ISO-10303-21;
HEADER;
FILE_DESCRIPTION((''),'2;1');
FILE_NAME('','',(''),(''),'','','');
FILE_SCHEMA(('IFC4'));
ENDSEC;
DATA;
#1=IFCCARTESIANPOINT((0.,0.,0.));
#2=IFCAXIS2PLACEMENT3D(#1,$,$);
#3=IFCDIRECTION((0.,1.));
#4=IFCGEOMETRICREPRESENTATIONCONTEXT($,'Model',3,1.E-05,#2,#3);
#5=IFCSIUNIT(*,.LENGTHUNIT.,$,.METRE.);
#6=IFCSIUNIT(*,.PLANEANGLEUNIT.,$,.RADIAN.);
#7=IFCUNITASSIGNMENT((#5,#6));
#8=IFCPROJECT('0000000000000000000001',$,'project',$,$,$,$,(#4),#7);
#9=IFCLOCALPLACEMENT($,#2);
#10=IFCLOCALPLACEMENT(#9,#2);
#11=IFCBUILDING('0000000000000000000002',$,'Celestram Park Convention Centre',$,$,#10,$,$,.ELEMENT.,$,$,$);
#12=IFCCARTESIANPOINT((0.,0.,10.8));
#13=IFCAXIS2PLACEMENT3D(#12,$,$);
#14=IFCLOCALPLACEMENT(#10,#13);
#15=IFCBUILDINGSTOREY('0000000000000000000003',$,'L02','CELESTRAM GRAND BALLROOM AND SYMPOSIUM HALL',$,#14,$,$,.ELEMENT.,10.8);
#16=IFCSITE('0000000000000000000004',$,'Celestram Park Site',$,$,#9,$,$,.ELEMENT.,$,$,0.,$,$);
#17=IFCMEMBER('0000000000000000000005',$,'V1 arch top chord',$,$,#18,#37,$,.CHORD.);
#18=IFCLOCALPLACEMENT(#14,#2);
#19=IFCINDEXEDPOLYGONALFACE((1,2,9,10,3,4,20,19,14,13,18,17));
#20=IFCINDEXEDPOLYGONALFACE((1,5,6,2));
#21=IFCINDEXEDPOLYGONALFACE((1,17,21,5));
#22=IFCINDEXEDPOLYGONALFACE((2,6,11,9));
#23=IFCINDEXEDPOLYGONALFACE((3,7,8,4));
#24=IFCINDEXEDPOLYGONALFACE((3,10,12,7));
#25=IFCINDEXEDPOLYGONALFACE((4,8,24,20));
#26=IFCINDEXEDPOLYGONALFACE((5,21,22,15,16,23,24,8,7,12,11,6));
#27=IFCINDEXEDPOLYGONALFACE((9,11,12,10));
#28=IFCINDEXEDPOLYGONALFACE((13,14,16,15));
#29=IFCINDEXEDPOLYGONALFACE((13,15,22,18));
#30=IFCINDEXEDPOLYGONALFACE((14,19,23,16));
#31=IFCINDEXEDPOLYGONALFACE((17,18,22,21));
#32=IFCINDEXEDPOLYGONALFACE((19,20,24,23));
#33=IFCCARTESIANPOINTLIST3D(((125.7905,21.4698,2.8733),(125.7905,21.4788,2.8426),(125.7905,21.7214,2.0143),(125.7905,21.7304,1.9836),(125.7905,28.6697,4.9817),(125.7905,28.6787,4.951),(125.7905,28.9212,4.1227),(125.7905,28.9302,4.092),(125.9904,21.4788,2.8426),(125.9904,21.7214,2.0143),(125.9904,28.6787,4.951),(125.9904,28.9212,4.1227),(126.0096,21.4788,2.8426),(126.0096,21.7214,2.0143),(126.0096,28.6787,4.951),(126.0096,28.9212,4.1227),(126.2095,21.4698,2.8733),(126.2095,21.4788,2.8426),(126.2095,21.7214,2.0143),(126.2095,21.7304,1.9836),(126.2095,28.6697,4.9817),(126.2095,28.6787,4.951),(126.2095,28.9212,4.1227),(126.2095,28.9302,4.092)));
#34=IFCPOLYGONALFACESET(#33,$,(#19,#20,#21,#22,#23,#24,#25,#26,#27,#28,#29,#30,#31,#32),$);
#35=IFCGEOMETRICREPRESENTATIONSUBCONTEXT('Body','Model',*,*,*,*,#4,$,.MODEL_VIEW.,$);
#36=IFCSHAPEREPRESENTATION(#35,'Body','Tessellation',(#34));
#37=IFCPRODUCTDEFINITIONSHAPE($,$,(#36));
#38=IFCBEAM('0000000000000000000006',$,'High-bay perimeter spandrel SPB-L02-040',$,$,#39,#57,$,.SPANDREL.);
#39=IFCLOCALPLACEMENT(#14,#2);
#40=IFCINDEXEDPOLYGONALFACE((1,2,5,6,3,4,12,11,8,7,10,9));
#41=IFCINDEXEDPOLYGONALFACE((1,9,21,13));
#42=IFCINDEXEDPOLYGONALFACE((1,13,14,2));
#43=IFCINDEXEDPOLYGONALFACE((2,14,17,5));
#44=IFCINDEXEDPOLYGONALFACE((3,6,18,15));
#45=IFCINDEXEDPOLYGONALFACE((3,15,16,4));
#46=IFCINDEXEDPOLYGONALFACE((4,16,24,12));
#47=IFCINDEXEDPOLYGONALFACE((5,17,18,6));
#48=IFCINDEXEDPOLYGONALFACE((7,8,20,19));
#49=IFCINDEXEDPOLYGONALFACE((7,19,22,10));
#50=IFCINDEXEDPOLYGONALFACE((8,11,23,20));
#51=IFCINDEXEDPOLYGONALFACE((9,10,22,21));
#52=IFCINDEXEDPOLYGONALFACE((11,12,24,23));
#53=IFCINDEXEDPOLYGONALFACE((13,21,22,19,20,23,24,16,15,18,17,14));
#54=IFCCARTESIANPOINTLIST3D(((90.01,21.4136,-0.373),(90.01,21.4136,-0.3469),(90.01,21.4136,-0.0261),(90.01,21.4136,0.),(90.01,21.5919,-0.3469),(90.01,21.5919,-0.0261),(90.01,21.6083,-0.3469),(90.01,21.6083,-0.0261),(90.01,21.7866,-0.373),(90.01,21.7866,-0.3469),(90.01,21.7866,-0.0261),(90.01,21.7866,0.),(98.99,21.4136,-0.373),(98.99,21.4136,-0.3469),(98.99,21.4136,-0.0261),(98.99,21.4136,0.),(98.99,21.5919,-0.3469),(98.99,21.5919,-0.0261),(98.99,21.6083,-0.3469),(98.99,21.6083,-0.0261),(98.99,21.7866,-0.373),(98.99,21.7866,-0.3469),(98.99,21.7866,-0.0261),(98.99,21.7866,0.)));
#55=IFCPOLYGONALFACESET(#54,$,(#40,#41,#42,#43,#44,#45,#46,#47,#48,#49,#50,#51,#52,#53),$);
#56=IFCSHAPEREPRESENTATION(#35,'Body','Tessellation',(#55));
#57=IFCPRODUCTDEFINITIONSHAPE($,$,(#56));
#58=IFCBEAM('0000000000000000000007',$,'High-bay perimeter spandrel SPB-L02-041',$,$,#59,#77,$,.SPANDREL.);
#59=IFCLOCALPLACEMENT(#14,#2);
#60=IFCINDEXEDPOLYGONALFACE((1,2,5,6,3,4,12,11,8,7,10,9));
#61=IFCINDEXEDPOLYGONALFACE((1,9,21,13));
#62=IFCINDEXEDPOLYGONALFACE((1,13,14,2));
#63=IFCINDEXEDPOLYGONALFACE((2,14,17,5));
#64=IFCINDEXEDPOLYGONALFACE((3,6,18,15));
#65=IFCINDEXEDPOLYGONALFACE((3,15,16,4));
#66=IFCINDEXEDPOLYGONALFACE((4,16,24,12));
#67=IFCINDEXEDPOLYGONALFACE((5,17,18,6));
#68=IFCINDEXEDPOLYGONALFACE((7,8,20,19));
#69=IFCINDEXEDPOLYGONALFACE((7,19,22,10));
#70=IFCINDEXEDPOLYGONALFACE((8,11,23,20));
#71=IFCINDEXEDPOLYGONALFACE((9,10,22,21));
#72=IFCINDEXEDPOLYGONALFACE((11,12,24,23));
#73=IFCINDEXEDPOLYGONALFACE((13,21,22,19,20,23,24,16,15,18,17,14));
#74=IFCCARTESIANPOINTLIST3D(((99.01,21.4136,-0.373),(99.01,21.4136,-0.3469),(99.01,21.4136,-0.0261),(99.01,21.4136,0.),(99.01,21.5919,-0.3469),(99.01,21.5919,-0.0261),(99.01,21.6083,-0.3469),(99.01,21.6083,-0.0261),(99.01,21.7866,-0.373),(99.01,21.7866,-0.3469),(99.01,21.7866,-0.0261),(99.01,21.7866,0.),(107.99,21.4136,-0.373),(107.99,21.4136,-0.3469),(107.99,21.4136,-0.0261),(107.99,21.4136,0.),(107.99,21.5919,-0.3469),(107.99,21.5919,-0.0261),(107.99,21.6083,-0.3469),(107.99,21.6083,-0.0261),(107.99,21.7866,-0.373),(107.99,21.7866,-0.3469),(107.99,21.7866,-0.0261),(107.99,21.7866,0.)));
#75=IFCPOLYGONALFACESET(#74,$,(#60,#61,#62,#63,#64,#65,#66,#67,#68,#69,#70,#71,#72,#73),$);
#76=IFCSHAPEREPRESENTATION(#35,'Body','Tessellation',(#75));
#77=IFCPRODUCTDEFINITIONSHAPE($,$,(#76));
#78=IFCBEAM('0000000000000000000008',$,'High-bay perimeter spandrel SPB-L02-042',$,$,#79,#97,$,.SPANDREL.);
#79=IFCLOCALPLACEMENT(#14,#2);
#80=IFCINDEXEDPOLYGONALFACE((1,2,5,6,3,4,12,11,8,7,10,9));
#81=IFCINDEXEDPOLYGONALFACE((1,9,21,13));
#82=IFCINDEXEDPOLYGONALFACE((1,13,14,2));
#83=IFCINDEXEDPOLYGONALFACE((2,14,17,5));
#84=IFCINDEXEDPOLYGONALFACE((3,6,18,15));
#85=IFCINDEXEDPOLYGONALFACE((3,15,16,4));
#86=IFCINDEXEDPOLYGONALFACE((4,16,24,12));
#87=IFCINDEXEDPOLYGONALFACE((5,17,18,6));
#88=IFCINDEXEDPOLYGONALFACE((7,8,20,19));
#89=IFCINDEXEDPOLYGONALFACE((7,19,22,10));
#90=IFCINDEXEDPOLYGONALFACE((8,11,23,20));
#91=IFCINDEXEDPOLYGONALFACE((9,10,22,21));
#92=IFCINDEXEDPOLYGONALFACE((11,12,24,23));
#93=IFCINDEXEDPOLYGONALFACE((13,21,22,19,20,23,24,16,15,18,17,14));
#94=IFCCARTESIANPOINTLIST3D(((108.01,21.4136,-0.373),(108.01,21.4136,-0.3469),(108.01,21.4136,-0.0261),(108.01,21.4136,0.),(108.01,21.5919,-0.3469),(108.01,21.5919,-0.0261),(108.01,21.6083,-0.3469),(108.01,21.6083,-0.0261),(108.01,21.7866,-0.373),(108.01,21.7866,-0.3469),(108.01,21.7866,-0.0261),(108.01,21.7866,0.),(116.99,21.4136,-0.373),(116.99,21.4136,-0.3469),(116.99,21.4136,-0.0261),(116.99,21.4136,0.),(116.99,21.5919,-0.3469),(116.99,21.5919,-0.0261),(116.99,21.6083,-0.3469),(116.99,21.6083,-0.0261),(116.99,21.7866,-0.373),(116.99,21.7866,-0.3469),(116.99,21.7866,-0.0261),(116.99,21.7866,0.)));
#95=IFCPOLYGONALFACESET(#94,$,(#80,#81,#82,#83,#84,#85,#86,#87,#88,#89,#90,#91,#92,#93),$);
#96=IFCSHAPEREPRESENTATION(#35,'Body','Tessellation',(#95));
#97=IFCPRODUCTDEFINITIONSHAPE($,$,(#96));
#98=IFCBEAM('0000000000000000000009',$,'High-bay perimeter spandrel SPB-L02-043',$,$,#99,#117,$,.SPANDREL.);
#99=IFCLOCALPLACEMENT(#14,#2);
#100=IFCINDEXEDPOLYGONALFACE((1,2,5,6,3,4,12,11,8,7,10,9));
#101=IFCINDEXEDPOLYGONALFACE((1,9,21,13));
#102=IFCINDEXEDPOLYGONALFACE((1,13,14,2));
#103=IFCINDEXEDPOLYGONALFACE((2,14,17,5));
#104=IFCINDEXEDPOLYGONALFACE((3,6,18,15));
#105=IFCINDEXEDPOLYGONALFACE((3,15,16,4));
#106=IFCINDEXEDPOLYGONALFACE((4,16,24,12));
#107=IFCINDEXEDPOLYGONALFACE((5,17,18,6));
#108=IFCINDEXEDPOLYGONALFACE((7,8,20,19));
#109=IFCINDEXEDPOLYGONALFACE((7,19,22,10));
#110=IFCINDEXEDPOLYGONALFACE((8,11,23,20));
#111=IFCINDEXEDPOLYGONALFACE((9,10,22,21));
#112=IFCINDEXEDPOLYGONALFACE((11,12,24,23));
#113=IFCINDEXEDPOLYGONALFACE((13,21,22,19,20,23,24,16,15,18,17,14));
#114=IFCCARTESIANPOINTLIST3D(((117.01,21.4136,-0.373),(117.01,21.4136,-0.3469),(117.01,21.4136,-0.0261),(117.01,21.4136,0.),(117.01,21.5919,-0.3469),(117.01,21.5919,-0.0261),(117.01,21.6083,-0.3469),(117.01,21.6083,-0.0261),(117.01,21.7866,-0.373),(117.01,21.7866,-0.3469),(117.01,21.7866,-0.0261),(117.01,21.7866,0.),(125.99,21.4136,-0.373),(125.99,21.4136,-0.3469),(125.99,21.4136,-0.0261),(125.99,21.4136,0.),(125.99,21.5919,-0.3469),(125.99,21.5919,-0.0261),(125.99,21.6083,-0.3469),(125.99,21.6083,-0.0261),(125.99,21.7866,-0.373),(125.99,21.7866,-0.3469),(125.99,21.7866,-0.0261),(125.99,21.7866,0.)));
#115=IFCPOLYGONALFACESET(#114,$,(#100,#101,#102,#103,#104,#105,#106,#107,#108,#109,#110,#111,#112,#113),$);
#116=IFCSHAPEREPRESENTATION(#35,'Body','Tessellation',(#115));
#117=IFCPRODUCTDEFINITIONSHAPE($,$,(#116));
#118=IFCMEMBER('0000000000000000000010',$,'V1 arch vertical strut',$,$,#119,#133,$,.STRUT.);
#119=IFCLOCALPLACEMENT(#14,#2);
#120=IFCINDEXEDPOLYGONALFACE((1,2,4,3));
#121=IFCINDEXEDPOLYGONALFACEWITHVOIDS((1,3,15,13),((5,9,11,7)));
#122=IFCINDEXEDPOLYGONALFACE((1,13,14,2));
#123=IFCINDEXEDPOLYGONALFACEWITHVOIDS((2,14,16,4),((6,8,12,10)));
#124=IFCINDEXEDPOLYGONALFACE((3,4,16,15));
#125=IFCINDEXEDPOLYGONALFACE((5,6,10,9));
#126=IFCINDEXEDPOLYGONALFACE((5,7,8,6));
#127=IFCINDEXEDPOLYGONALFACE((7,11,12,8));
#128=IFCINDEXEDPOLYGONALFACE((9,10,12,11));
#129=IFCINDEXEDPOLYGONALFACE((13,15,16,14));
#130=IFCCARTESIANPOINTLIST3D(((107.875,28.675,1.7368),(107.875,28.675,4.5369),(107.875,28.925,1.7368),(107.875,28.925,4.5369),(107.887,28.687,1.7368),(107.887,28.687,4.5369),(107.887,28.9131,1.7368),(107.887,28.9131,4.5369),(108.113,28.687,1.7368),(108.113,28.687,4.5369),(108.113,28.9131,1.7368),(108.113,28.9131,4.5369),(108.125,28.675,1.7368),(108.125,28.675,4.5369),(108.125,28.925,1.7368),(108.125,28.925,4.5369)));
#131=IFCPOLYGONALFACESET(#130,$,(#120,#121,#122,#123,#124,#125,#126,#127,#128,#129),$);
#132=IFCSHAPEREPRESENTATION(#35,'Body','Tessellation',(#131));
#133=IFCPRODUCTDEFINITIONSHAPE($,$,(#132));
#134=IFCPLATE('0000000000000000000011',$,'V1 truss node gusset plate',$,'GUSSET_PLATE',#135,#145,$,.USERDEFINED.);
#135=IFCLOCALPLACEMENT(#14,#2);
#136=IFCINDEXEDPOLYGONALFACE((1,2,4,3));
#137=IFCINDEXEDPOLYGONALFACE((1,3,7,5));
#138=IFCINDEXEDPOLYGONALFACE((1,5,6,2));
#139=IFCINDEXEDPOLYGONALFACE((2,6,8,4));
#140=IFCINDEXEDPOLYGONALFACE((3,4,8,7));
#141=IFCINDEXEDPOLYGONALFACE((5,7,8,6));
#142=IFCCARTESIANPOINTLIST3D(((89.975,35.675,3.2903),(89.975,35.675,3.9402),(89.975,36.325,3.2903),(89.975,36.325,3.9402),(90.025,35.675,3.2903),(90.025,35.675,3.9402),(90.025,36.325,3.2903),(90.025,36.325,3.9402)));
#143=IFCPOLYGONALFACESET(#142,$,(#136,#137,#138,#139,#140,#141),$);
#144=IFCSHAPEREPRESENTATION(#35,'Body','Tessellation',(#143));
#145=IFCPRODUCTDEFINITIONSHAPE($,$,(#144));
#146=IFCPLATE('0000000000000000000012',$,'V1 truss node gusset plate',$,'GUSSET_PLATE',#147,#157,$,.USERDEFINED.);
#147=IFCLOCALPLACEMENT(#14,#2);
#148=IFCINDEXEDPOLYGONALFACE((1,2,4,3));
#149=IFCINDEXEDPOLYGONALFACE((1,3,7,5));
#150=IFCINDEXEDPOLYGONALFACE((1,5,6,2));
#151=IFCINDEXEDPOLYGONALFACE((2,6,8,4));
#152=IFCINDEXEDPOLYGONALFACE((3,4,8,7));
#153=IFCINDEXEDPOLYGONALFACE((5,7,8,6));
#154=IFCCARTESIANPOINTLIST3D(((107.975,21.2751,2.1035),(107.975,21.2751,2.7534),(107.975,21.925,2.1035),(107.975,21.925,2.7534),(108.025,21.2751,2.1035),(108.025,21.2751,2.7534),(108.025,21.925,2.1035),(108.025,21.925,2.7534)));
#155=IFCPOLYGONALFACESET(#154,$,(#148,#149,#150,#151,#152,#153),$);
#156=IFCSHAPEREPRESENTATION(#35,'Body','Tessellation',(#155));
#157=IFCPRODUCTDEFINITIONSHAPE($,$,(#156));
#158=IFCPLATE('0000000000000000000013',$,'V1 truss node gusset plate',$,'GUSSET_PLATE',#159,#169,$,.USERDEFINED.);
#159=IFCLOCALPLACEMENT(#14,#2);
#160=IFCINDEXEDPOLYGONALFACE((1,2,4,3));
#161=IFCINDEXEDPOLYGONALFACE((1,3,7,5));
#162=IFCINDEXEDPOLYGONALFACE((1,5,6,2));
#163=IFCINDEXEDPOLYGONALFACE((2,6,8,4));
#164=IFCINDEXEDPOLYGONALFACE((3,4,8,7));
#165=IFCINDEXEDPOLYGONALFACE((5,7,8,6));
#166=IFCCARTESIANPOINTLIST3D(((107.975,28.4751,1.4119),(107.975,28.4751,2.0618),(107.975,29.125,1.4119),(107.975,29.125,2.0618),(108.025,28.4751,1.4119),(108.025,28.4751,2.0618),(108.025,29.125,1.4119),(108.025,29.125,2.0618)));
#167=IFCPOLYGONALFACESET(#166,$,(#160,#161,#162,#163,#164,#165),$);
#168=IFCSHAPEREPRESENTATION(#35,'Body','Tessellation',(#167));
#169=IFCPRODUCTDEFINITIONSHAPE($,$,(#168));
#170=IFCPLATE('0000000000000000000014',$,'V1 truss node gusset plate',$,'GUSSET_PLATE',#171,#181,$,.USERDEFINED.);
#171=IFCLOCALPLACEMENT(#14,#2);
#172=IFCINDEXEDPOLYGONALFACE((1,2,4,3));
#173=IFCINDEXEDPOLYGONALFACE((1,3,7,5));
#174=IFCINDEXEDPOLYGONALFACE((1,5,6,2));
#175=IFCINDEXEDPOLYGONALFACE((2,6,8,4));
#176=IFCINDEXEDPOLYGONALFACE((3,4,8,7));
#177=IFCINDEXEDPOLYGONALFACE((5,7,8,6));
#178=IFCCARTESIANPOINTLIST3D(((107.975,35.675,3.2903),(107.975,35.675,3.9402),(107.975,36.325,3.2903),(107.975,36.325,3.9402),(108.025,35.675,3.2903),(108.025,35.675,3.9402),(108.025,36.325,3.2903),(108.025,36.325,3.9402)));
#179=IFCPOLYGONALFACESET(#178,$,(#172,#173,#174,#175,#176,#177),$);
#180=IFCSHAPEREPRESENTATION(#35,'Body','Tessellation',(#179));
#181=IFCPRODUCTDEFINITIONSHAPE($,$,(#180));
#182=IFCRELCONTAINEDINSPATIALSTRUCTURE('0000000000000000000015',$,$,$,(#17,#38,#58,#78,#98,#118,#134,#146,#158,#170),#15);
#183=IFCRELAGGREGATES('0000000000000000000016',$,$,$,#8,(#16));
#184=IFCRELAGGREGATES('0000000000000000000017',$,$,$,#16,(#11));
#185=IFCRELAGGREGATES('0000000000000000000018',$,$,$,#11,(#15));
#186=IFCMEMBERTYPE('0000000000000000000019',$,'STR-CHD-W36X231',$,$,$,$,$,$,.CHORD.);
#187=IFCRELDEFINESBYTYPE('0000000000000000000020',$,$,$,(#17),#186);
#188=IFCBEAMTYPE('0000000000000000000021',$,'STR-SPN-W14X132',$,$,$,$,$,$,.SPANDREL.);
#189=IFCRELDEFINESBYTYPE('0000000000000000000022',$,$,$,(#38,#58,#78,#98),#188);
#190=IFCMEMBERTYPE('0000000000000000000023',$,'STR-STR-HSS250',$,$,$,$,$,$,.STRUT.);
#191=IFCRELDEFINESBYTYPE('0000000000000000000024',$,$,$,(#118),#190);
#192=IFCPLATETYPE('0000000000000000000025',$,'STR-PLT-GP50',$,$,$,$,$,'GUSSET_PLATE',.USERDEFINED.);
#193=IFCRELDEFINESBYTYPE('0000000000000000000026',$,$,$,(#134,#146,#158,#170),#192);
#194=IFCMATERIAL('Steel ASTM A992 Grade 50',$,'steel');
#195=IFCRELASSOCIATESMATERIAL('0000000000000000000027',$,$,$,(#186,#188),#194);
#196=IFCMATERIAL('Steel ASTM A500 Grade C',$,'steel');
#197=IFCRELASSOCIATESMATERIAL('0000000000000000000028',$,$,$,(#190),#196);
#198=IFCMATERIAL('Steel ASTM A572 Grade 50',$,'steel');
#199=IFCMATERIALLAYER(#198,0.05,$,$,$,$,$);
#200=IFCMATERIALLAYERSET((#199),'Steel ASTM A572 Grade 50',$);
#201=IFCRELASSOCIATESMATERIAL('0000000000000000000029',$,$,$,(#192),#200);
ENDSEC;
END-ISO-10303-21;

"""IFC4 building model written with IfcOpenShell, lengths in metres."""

from ifc_helpers import new_model, si_unit, direction, frame, origin, origin_2d, place, context, subcontext, project, spatial, rectangle, hollow_rectangle, i_section, extrude, material, layer, layer_set, material_profile, profile_set, type_object, element, save


model = new_model("IFC4")

# Units and contexts
model_context = context("Model", 3, precision=1e-05, world=origin(), true_north=direction((0.0, 1.0)))
body_context = subcontext(model_context, "Body", "Model", "MODEL_VIEW")
ifc_project = project(units=[si_unit("LENGTHUNIT", "METRE"), si_unit("PLANEANGLEUNIT", "RADIAN")], contexts=[model_context])

# Site, building, storey
site_placement = place(None, origin())
site = spatial("IfcSite", under=ifc_project, at=site_placement, Name="Celestram Park Site", CompositionType="ELEMENT", RefElevation=0.0)
building_placement = place(site_placement, origin())
building = spatial("IfcBuilding", under=site, at=building_placement, Name="Celestram Park Convention Centre", CompositionType="ELEMENT")
storey_placement = place(building_placement, frame((0.0, 0.0, 10.8)))
storey = spatial("IfcBuildingStorey", under=building, at=storey_placement, Name="L02", Description="CELESTRAM GRAND BALLROOM AND SYMPOSIUM HALL", CompositionType="ELEMENT", Elevation=10.8)

# Shared definitions
ifc_material_1 = material(Name="Steel ASTM A992 Grade 50", Category="steel")

# Member
ifc_material_2 = material(Name="Steel ASTM A500 Grade C", Category="steel")
ifc_material_profile_1 = material_profile(ifc_material_1, i_section(OverallWidth=0.4189, OverallDepth=0.927, WebThickness=0.0193, FlangeThickness=0.032, at=origin_2d()), Name="W36X231")
ifc_profile_set_1 = profile_set([ifc_material_profile_1], Name="Steel ASTM A992 Grade 50")
member_type_1 = type_object("IfcMemberType", Name="STR-CHD-W36X231", PredefinedType="CHORD", material=ifc_profile_set_1)
for number, where, z_axis, x_axis, name in (
    (1, (126.0, 21.6001, 2.4285), (0.0, 0.959698, 0.281033), (-1.0, 0.0, 0.0), "V1 arch top chord"),
):
    element("IfcMember", number, at=place(storey_placement, frame(where, z_axis=z_axis, x_axis=x_axis)), inside=storey, type_object=member_type_1, Name=name, PredefinedType="CHORD", context=body_context, shape_type="SweptSolid", body=[
        extrude(i_section(OverallWidth=0.4189, OverallDepth=0.927, WebThickness=0.0193, FlangeThickness=0.032, at=origin_2d()), origin(), (0.0, 0.0, 1.0), 7.5022),
    ])

# Beams
ifc_material_profile_2 = material_profile(ifc_material_1, i_section(OverallWidth=0.373, OverallDepth=0.373, WebThickness=0.0164, FlangeThickness=0.0261, at=origin_2d()), Name="W14X132")
ifc_profile_set_2 = profile_set([ifc_material_profile_2], Name="Steel ASTM A992 Grade 50")
beam_type_1 = type_object("IfcBeamType", Name="STR-SPN-W14X132", PredefinedType="SPANDREL", material=ifc_profile_set_2)
for number, where, z_axis, x_axis, name in (
    (2, (90.01, 21.6001, -0.1865), (1.0, 0.0, 0.0), (0.0, 1.0, 0.0), "High-bay perimeter spandrel SPB-L02-040"),
    (3, (99.01, 21.6001, -0.1865), (1.0, 0.0, 0.0), (0.0, 1.0, 0.0), "High-bay perimeter spandrel SPB-L02-041"),
    (4, (108.01, 21.6001, -0.1865), (1.0, 0.0, 0.0), (0.0, 1.0, 0.0), "High-bay perimeter spandrel SPB-L02-042"),
    (5, (117.01, 21.6001, -0.1865), (1.0, 0.0, 0.0), (0.0, 1.0, 0.0), "High-bay perimeter spandrel SPB-L02-043"),
):
    element("IfcBeam", number, at=place(storey_placement, frame(where, z_axis=z_axis, x_axis=x_axis)), inside=storey, type_object=beam_type_1, Name=name, PredefinedType="SPANDREL", context=body_context, shape_type="SweptSolid", body=[
        extrude(i_section(OverallWidth=0.373, OverallDepth=0.373, WebThickness=0.0164, FlangeThickness=0.0261, at=origin_2d()), origin(), (0.0, 0.0, 1.0), 8.98),
    ])

# Member
ifc_material_profile_3 = material_profile(ifc_material_2, hollow_rectangle(XDim=0.25, YDim=0.25, WallThickness=0.012, at=origin_2d()), Name="HSS250X250X12")
ifc_profile_set_3 = profile_set([ifc_material_profile_3], Name="Steel ASTM A500 Grade C")
member_type_2 = type_object("IfcMemberType", Name="STR-STR-HSS250", PredefinedType="STRUT", material=ifc_profile_set_3)
member_1_placement = place(storey_placement, frame((108.0, 28.8, 1.7368), z_axis=(0.0, 0.0, 1.0), x_axis=(1.0, 0.0, 0.0)))
element("IfcMember", 6, at=member_1_placement, inside=storey, type_object=member_type_2, Name="V1 arch vertical strut", PredefinedType="STRUT", context=body_context, shape_type="SweptSolid", body=[
    extrude(hollow_rectangle(XDim=0.25, YDim=0.25, WallThickness=0.012, at=origin_2d()), origin(), (0.0, 0.0, 1.0), 2.8),
])

# Plates
ifc_material_3 = material(Name="Steel ASTM A572 Grade 50", Category="steel")
ifc_layer = layer(ifc_material_3, 0.05)
ifc_layer_set = layer_set([ifc_layer], Name="Steel ASTM A572 Grade 50")
plate_type = type_object("IfcPlateType", Name="STR-PLT-GP50", ElementType="GUSSET_PLATE", PredefinedType="USERDEFINED", material=ifc_layer_set)
for number, where, z_axis, x_axis, name in (
    (7, (90.0, 36.0, 3.2903), (0.0, 0.0, 1.0), (0.0, 1.0, 0.0), "V1 truss node gusset plate"),
    (8, (108.0, 21.6001, 2.1035), (0.0, 0.0, 1.0), (0.0, 1.0, 0.0), "V1 truss node gusset plate"),
    (9, (108.0, 28.8, 1.4119), (0.0, 0.0, 1.0), (0.0, 1.0, 0.0), "V1 truss node gusset plate"),
    (10, (108.0, 36.0, 3.2903), (0.0, 0.0, 1.0), (0.0, 1.0, 0.0), "V1 truss node gusset plate"),
):
    element("IfcPlate", number, at=place(storey_placement, frame(where, z_axis=z_axis, x_axis=x_axis)), inside=storey, type_object=plate_type, Name=name, ObjectType="GUSSET_PLATE", PredefinedType="USERDEFINED", context=body_context, shape_type="SweptSolid", body=[
        extrude(rectangle(XDim=0.6499, YDim=0.05, at=origin_2d()), origin(), (0.0, 0.0, 1.0), 0.6499),
    ])

save(model, "model.ifc")
